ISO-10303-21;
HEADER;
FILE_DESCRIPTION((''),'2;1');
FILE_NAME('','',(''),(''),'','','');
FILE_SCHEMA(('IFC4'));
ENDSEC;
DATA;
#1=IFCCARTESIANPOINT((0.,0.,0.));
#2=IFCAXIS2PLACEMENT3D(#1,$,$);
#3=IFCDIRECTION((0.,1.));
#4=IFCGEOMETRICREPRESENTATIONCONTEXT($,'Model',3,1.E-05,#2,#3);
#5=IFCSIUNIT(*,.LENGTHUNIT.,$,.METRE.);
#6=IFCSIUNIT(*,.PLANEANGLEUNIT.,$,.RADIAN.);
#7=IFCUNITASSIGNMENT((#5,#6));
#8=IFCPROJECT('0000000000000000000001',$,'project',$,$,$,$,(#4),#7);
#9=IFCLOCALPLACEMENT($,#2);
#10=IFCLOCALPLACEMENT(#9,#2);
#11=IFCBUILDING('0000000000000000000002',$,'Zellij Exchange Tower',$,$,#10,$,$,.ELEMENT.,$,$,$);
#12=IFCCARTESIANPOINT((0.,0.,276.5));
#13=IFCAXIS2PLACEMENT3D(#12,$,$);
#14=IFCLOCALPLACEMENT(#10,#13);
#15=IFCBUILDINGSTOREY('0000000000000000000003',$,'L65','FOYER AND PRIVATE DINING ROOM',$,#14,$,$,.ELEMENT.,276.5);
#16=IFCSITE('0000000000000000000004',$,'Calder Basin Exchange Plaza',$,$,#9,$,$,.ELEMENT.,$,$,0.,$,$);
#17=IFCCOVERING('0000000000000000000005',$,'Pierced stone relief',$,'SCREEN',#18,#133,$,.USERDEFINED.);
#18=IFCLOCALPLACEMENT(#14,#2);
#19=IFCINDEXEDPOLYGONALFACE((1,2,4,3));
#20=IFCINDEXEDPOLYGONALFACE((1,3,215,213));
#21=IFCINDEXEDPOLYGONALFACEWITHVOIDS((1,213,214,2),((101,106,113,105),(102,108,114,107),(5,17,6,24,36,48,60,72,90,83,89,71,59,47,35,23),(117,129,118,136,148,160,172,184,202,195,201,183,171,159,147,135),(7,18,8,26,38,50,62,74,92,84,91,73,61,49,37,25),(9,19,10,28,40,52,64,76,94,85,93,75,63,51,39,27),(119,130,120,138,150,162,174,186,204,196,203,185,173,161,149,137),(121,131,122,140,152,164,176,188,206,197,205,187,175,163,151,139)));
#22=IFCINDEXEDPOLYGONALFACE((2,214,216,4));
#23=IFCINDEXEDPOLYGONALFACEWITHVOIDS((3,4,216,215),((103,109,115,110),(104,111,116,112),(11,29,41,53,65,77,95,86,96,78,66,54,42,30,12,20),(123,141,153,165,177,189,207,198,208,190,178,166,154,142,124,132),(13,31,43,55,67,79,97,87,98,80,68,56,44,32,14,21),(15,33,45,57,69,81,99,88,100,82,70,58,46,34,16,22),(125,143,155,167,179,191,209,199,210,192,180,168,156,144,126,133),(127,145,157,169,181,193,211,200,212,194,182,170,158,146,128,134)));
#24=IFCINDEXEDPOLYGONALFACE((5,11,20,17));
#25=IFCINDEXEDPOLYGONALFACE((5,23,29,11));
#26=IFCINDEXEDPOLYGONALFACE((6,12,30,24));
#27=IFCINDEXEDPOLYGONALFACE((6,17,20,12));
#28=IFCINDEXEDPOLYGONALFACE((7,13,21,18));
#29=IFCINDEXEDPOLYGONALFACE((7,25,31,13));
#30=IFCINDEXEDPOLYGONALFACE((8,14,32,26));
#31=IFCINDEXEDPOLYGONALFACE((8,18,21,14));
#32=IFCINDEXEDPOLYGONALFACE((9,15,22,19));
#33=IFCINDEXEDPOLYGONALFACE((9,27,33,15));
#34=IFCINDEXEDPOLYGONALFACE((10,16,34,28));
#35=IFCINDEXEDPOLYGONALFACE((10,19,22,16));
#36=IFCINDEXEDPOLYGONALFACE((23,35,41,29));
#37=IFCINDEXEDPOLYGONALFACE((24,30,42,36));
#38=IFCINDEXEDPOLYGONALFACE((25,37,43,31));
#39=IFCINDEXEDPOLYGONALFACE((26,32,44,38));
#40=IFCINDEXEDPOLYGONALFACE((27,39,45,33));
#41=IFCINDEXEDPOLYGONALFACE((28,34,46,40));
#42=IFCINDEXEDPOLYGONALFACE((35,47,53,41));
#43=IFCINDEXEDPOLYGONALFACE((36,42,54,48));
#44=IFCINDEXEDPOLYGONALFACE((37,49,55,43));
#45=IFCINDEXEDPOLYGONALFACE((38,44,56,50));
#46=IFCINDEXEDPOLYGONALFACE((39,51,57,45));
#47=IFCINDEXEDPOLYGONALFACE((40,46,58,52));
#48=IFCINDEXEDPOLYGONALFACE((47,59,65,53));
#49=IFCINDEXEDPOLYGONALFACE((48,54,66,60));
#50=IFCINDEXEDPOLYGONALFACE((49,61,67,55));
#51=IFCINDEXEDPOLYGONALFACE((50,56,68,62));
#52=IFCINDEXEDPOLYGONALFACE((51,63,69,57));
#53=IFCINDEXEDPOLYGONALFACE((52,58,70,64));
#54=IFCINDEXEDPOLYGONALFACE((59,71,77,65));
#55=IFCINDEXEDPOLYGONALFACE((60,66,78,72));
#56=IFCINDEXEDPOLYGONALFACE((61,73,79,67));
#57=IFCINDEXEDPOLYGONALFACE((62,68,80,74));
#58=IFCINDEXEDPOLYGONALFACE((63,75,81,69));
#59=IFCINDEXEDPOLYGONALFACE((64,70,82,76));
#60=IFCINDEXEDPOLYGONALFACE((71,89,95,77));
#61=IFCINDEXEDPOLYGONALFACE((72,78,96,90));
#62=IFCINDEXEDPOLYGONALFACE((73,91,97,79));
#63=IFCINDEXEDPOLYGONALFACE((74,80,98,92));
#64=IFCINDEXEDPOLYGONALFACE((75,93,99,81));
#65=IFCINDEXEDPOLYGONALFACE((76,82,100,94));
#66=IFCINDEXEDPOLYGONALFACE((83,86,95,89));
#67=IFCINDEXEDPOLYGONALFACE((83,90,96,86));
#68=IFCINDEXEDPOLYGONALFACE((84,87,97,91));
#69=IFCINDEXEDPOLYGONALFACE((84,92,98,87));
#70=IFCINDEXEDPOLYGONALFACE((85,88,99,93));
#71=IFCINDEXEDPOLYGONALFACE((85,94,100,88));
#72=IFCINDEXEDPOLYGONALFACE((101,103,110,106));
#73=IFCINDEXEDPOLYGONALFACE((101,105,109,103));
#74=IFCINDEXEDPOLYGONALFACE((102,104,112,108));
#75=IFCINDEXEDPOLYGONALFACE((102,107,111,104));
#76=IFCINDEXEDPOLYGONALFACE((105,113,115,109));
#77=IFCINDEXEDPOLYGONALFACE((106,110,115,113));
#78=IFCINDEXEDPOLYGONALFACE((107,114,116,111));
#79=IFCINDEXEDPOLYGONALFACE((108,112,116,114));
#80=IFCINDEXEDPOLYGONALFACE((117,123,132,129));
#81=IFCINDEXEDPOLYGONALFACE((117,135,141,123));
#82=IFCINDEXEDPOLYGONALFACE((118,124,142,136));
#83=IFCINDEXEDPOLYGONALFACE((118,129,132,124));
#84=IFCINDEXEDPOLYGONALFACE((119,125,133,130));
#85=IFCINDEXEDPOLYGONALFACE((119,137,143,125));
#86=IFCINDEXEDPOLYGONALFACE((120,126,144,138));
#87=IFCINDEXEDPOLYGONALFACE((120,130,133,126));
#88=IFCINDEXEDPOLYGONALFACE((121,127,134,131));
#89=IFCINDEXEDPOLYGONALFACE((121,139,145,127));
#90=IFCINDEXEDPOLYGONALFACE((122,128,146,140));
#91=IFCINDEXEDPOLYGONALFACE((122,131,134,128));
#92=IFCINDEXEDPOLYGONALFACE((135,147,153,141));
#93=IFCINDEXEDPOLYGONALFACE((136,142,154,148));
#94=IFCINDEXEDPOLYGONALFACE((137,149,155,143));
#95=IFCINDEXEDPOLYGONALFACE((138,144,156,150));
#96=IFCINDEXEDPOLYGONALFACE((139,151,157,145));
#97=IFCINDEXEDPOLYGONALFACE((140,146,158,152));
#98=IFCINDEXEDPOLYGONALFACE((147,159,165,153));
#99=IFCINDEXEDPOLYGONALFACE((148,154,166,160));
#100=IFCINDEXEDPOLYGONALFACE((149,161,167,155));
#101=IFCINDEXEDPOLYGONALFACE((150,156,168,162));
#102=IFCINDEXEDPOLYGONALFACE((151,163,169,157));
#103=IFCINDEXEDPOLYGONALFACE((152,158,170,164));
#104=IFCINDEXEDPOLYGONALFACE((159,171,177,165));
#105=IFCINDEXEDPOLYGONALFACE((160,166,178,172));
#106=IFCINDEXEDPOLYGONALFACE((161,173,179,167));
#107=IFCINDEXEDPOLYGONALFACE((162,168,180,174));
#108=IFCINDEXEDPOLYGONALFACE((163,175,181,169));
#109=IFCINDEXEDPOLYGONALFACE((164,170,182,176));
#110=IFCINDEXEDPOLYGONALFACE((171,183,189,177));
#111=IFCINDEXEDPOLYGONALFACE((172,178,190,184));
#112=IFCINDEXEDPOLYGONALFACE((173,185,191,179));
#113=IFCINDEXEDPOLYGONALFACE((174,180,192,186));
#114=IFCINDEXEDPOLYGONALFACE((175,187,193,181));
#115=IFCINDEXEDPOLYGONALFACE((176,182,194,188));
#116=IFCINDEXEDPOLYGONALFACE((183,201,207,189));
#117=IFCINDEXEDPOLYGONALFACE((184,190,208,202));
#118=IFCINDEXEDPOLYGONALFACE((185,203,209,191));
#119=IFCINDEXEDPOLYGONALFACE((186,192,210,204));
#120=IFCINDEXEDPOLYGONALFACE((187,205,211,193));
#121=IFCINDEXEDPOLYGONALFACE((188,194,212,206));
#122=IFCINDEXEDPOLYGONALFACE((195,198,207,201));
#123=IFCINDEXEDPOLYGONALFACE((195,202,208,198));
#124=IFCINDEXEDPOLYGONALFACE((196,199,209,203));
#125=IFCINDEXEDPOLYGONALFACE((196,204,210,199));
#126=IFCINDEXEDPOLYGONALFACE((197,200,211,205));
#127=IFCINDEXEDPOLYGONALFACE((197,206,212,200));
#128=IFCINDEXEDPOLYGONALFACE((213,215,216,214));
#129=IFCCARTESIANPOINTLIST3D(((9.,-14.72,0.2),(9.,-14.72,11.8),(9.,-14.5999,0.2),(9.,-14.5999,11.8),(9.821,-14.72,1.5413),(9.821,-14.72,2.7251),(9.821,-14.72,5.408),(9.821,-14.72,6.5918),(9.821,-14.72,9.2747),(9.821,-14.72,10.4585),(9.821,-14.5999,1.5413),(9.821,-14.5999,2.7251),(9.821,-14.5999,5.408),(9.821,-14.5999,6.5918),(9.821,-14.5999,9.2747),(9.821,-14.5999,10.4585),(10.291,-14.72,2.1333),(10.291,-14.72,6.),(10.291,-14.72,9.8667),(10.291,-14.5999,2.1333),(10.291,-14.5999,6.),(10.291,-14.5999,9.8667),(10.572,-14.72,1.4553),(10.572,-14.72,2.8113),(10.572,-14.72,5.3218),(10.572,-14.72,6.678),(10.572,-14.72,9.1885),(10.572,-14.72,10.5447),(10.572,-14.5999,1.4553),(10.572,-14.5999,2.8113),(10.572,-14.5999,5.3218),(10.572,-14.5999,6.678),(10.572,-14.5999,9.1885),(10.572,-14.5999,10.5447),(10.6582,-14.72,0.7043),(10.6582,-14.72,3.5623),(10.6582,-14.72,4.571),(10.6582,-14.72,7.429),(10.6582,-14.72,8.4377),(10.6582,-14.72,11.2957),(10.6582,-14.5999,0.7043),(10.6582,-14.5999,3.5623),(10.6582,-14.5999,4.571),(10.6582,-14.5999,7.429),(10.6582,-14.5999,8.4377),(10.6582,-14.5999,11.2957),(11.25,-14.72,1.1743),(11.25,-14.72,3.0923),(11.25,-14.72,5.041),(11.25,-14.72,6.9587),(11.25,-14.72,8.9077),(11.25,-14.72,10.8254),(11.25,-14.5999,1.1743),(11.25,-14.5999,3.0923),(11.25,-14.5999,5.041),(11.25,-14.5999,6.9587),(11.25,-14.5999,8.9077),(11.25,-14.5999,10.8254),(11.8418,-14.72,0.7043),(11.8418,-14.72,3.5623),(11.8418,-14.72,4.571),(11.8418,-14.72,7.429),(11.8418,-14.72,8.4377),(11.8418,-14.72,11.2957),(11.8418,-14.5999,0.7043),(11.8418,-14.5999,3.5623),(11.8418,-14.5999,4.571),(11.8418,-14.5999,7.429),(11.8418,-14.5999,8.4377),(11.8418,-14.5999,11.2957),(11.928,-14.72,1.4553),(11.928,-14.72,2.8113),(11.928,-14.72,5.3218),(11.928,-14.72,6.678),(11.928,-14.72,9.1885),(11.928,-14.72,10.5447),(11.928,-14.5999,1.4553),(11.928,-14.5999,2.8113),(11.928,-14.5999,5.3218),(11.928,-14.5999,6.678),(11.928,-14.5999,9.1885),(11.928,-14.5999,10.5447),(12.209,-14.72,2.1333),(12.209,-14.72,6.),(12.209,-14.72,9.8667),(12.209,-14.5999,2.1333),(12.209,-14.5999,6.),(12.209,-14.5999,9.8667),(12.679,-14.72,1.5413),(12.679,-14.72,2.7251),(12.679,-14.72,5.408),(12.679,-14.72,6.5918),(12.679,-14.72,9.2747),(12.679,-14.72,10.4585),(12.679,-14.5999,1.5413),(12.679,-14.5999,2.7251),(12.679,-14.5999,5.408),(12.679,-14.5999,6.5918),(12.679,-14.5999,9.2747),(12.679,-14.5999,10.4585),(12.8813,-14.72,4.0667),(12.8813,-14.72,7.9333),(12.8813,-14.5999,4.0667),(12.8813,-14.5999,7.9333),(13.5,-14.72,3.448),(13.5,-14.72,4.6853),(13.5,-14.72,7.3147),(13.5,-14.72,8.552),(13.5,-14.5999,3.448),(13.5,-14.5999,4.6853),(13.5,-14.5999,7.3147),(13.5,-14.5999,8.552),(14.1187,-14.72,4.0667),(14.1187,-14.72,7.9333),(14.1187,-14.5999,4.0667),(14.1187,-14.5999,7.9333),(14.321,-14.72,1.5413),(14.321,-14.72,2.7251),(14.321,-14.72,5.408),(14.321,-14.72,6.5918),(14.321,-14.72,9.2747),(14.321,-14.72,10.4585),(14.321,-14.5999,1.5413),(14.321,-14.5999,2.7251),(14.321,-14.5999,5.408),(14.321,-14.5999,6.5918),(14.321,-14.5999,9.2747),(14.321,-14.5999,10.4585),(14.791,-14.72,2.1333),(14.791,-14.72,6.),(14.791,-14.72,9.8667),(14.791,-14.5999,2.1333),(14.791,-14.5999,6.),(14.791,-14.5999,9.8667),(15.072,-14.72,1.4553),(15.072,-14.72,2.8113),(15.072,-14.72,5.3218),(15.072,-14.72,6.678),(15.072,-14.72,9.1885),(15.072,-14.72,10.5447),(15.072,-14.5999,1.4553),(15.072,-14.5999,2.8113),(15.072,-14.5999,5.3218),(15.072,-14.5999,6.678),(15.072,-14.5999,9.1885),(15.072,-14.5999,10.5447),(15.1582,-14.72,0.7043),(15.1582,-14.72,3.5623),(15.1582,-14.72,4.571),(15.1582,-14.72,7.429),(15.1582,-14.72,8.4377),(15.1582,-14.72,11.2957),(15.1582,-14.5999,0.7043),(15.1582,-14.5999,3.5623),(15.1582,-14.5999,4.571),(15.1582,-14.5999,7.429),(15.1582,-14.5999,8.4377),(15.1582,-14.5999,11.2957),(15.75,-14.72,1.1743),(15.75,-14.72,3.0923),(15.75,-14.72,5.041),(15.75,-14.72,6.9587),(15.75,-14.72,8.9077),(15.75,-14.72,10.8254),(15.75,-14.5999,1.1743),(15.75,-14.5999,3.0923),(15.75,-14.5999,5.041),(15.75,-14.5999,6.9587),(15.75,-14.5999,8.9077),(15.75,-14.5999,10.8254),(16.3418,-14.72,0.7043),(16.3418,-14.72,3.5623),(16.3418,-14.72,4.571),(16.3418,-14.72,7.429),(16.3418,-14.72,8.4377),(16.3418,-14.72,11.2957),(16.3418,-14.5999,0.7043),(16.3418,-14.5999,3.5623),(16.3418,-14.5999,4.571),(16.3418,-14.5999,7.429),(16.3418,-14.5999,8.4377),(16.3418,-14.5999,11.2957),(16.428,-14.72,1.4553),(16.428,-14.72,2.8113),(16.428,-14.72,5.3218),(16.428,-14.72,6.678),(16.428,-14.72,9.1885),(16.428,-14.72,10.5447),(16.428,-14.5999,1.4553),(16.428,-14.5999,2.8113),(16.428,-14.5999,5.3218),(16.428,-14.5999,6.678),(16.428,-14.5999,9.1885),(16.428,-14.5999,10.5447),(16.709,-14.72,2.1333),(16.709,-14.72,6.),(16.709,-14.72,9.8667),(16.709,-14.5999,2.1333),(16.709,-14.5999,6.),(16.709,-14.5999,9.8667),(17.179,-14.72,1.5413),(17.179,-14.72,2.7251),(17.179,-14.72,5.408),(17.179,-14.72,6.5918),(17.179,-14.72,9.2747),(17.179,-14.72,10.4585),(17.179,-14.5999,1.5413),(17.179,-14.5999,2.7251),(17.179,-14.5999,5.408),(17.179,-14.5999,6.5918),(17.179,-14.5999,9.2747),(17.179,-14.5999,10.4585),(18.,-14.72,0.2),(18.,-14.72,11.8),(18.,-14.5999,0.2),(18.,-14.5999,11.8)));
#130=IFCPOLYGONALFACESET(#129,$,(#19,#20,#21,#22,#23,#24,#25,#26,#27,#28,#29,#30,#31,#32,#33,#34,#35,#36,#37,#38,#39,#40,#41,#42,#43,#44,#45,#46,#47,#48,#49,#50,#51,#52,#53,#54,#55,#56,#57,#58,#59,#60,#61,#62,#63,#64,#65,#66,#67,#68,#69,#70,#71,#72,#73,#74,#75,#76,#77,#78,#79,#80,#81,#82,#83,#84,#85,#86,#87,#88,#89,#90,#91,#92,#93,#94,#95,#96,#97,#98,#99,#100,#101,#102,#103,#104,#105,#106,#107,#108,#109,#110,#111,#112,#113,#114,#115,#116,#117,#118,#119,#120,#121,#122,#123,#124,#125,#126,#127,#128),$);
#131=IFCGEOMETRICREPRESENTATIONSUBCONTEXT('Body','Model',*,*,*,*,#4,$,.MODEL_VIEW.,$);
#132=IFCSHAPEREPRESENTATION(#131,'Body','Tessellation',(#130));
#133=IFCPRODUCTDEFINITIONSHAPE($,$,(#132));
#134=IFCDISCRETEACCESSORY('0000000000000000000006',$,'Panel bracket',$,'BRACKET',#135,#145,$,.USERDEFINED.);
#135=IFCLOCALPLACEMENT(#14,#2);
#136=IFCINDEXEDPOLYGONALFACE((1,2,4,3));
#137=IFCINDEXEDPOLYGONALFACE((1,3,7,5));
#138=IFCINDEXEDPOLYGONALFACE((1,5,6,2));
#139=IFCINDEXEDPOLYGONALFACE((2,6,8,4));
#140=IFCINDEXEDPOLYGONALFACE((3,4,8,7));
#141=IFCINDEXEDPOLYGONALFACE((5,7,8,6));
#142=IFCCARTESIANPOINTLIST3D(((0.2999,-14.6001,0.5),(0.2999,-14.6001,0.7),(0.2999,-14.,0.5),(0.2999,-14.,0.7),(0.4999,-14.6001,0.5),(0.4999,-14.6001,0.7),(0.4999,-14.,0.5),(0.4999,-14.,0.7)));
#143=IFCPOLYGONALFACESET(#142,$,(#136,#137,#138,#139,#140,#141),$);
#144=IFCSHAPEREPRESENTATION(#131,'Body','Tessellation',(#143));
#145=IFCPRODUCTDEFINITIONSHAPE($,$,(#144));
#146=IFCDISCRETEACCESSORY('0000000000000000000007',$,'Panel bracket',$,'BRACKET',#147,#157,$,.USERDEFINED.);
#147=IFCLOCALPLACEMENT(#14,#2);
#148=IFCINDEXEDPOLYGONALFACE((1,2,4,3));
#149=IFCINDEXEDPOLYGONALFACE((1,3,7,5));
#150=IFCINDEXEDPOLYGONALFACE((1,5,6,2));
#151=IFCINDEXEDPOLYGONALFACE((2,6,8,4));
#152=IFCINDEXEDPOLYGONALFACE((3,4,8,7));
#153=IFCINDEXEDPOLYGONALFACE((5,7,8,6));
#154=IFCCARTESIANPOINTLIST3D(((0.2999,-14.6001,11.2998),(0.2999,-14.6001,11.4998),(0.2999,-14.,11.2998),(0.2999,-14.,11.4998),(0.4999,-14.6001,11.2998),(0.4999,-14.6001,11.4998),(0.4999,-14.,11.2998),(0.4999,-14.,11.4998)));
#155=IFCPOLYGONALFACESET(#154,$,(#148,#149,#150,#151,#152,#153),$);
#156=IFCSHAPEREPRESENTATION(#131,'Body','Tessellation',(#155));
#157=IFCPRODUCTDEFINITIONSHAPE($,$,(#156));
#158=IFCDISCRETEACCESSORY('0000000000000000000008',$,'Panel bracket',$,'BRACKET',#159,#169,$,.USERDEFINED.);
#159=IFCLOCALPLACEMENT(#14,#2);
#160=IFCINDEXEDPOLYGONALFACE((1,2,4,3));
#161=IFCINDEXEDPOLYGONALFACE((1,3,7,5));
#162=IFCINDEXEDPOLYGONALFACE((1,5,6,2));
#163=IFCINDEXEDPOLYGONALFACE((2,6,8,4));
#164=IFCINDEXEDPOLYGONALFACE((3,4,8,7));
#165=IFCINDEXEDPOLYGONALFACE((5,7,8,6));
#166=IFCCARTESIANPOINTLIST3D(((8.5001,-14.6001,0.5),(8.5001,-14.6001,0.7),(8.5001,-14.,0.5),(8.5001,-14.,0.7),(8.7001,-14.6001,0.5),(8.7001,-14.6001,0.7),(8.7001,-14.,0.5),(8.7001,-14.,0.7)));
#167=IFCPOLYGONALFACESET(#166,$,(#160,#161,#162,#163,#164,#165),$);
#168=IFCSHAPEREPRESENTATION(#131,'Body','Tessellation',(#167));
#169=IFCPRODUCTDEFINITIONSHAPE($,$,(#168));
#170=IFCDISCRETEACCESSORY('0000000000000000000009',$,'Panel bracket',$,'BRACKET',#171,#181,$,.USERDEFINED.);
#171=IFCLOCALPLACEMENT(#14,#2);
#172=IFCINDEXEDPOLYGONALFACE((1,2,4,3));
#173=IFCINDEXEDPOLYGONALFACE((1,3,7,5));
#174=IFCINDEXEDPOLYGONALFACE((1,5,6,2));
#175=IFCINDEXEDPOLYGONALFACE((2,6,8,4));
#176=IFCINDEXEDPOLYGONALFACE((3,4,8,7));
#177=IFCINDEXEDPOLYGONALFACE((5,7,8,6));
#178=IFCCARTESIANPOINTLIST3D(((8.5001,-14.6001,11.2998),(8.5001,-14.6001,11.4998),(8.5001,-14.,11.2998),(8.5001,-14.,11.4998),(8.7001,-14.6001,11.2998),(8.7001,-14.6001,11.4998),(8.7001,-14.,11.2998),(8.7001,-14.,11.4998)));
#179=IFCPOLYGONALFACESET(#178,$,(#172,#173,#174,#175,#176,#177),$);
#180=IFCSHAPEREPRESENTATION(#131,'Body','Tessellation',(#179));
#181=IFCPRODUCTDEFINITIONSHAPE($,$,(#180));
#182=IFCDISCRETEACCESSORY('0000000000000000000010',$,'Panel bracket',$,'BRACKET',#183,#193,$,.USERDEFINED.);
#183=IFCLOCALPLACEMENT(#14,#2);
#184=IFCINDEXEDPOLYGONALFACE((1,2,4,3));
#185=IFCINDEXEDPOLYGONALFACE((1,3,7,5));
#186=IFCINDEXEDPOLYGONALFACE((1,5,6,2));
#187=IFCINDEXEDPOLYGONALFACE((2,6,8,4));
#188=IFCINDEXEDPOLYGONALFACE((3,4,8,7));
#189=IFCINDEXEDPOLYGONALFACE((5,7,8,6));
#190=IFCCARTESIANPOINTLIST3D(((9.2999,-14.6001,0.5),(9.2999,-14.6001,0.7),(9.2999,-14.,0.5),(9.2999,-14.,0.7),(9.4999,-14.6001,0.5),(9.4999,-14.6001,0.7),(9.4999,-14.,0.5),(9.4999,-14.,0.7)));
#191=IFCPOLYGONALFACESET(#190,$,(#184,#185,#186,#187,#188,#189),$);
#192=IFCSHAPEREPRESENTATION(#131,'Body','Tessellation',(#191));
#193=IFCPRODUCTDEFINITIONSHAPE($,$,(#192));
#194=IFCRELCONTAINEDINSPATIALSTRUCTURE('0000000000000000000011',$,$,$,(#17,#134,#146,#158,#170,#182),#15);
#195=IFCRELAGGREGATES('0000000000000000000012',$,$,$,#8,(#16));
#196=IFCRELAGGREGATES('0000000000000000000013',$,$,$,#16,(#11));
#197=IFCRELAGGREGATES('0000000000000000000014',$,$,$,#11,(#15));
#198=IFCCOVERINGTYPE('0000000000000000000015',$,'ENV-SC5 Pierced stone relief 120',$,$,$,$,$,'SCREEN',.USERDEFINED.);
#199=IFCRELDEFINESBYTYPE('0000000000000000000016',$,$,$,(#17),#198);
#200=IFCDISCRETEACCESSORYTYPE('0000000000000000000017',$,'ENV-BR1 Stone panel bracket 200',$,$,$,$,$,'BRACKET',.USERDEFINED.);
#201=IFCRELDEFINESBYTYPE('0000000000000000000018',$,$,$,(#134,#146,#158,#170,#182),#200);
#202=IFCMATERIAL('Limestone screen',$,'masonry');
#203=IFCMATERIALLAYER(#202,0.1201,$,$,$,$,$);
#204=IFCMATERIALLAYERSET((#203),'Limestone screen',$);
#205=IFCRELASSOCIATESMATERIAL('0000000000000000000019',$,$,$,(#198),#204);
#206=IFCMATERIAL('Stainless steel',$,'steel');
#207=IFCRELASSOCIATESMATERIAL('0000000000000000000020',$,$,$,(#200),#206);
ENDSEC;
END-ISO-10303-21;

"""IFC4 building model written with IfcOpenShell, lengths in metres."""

from ifc_helpers import new_model, si_unit, direction, frame, origin, origin_2d, place, context, subcontext, project, spatial, polyline, rectangle, outline, extrude, material, layer, layer_set, type_object, element, save


model = new_model("IFC4")

# Units and contexts
model_context = context("Model", 3, precision=1e-05, world=origin(), true_north=direction((0.0, 1.0)))
body_context = subcontext(model_context, "Body", "Model", "MODEL_VIEW")
ifc_project = project(units=[si_unit("LENGTHUNIT", "METRE"), si_unit("PLANEANGLEUNIT", "RADIAN")], contexts=[model_context])

# Site, building, storey
site_placement = place(None, origin())
site = spatial("IfcSite", under=ifc_project, at=site_placement, Name="Calder Basin Exchange Plaza", CompositionType="ELEMENT", RefElevation=0.0)
building_placement = place(site_placement, origin())
building = spatial("IfcBuilding", under=site, at=building_placement, Name="Zellij Exchange Tower", CompositionType="ELEMENT")
storey_placement = place(building_placement, frame((0.0, 0.0, 276.5)))
storey = spatial("IfcBuildingStorey", under=building, at=storey_placement, Name="L65", Description="FOYER AND PRIVATE DINING ROOM", CompositionType="ELEMENT", Elevation=276.5)

# Shared definitions
ifc_material_1 = material(Name="Stainless steel", Category="steel")

# Covering
ifc_material_2 = material(Name="Limestone screen", Category="masonry")
ifc_layer_1 = layer(ifc_material_2, 0.1201)
ifc_layer_set_1 = layer_set([ifc_layer_1], Name="Limestone screen")
covering_type = type_object("IfcCoveringType", Name="ENV-SC5 Pierced stone relief 120", ElementType="SCREEN", PredefinedType="USERDEFINED", material=ifc_layer_set_1)
covering_1_placement = place(storey_placement, frame((9.0, -14.6599, 0.2), z_axis=(0.0, 0.0, 1.0), x_axis=(1.0, 0.0, 0.0)))
element("IfcCovering", 1, at=covering_1_placement, inside=storey, type_object=covering_type, Name="Pierced stone relief", ObjectType="SCREEN", PredefinedType="USERDEFINED", context=body_context, shape_type="SweptSolid", body=[
    extrude(outline(polyline([(0.0, 0.0), (9.0, 0.0), (9.0, 11.6001), (0.0, 11.6001), (0.0, 0.0)]), holes=[polyline([(3.679, 2.5251), (2.928, 2.6113), (2.8418, 3.3623), (2.25, 2.8923), (1.6582, 3.3623), (1.572, 2.6113), (0.821, 2.5251), (1.291, 1.9333), (0.821, 1.3413), (1.572, 1.2554), (1.6582, 0.5044), (2.25, 0.9744), (2.8418, 0.5044), (2.928, 1.2554), (3.679, 1.3413), (3.209, 1.9333), (3.679, 2.5251)]), polyline([(3.679, 6.3918), (2.928, 6.478), (2.8418, 7.229), (2.25, 6.7588), (1.6582, 7.229), (1.572, 6.478), (0.821, 6.3918), (1.291, 5.8), (0.821, 5.208), (1.572, 5.1218), (1.6582, 4.3711), (2.25, 4.8411), (2.8418, 4.3711), (2.928, 5.1218), (3.679, 5.208), (3.209, 5.8), (3.679, 6.3918)]), polyline([(3.679, 10.2585), (2.928, 10.3447), (2.8418, 11.0957), (2.25, 10.6255), (1.6582, 11.0957), (1.572, 10.3447), (0.821, 10.2585), (1.291, 9.6667), (0.821, 9.0747), (1.572, 8.9885), (1.6582, 8.2378), (2.25, 8.7078), (2.8418, 8.2378), (2.928, 8.9885), (3.679, 9.0747), (3.209, 9.6667), (3.679, 10.2585)]), polyline([(8.179, 2.5251), (7.428, 2.6113), (7.3418, 3.3623), (6.75, 2.8923), (6.1582, 3.3623), (6.072, 2.6113), (5.321, 2.5251), (5.791, 1.9333), (5.321, 1.3413), (6.072, 1.2554), (6.1582, 0.5044), (6.75, 0.9744), (7.3418, 0.5044), (7.428, 1.2554), (8.179, 1.3413), (7.709, 1.9333), (8.179, 2.5251)]), polyline([(8.179, 6.3918), (7.428, 6.478), (7.3418, 7.229), (6.75, 6.7588), (6.1582, 7.229), (6.072, 6.478), (5.321, 6.3918), (5.791, 5.8), (5.321, 5.208), (6.072, 5.1218), (6.1582, 4.3711), (6.75, 4.8411), (7.3418, 4.3711), (7.428, 5.1218), (8.179, 5.208), (7.709, 5.8), (8.179, 6.3918)]), polyline([(8.179, 10.2585), (7.428, 10.3447), (7.3418, 11.0957), (6.75, 10.6255), (6.1582, 11.0957), (6.072, 10.3447), (5.321, 10.2585), (5.791, 9.6667), (5.321, 9.0747), (6.072, 8.9885), (6.1582, 8.2378), (6.75, 8.7078), (7.3418, 8.2378), (7.428, 8.9885), (8.179, 9.0747), (7.709, 9.6667), (8.179, 10.2585)]), polyline([(5.1187, 3.8667), (4.5, 4.4854), (3.8813, 3.8667), (4.5, 3.248), (5.1187, 3.8667)]), polyline([(5.1187, 7.7334), (4.5, 8.3521), (3.8813, 7.7334), (4.5, 7.1147), (5.1187, 7.7334)])]), frame((0.0, 0.0601, 0.0), z_axis=(0.0, -1.0, 0.0), x_axis=(1.0, 0.0, 0.0)), (0.0, 0.0, 1.0), 0.1201),
])

# Discrete accessories
discrete_accessory_type = type_object("IfcDiscreteAccessoryType", Name="ENV-BR1 Stone panel bracket 200", ElementType="BRACKET", PredefinedType="USERDEFINED", material=ifc_material_1)
for number, where, z_axis, x_axis, name in (
    (2, (0.3999, -14.3, 0.5), (0.0, 0.0, 1.0), (1.0, 0.0, 0.0), "Panel bracket"),
    (3, (0.3999, -14.3, 11.2998), (0.0, 0.0, 1.0), (1.0, 0.0, 0.0), "Panel bracket"),
    (4, (8.6001, -14.3, 0.5), (0.0, 0.0, 1.0), (1.0, 0.0, 0.0), "Panel bracket"),
    (5, (8.6001, -14.3, 11.2998), (0.0, 0.0, 1.0), (1.0, 0.0, 0.0), "Panel bracket"),
    (6, (9.3999, -14.3, 0.5), (0.0, 0.0, 1.0), (1.0, 0.0, 0.0), "Panel bracket"),
):
    element("IfcDiscreteAccessory", number, at=place(storey_placement, frame(where, z_axis=z_axis, x_axis=x_axis)), inside=storey, type_object=discrete_accessory_type, Name=name, ObjectType="BRACKET", PredefinedType="USERDEFINED", context=body_context, shape_type="SweptSolid", body=[
        extrude(rectangle(XDim=0.2, YDim=0.6001, at=origin_2d()), origin(), (0.0, 0.0, 1.0), 0.2),
    ])

save(model, "model.ifc")
